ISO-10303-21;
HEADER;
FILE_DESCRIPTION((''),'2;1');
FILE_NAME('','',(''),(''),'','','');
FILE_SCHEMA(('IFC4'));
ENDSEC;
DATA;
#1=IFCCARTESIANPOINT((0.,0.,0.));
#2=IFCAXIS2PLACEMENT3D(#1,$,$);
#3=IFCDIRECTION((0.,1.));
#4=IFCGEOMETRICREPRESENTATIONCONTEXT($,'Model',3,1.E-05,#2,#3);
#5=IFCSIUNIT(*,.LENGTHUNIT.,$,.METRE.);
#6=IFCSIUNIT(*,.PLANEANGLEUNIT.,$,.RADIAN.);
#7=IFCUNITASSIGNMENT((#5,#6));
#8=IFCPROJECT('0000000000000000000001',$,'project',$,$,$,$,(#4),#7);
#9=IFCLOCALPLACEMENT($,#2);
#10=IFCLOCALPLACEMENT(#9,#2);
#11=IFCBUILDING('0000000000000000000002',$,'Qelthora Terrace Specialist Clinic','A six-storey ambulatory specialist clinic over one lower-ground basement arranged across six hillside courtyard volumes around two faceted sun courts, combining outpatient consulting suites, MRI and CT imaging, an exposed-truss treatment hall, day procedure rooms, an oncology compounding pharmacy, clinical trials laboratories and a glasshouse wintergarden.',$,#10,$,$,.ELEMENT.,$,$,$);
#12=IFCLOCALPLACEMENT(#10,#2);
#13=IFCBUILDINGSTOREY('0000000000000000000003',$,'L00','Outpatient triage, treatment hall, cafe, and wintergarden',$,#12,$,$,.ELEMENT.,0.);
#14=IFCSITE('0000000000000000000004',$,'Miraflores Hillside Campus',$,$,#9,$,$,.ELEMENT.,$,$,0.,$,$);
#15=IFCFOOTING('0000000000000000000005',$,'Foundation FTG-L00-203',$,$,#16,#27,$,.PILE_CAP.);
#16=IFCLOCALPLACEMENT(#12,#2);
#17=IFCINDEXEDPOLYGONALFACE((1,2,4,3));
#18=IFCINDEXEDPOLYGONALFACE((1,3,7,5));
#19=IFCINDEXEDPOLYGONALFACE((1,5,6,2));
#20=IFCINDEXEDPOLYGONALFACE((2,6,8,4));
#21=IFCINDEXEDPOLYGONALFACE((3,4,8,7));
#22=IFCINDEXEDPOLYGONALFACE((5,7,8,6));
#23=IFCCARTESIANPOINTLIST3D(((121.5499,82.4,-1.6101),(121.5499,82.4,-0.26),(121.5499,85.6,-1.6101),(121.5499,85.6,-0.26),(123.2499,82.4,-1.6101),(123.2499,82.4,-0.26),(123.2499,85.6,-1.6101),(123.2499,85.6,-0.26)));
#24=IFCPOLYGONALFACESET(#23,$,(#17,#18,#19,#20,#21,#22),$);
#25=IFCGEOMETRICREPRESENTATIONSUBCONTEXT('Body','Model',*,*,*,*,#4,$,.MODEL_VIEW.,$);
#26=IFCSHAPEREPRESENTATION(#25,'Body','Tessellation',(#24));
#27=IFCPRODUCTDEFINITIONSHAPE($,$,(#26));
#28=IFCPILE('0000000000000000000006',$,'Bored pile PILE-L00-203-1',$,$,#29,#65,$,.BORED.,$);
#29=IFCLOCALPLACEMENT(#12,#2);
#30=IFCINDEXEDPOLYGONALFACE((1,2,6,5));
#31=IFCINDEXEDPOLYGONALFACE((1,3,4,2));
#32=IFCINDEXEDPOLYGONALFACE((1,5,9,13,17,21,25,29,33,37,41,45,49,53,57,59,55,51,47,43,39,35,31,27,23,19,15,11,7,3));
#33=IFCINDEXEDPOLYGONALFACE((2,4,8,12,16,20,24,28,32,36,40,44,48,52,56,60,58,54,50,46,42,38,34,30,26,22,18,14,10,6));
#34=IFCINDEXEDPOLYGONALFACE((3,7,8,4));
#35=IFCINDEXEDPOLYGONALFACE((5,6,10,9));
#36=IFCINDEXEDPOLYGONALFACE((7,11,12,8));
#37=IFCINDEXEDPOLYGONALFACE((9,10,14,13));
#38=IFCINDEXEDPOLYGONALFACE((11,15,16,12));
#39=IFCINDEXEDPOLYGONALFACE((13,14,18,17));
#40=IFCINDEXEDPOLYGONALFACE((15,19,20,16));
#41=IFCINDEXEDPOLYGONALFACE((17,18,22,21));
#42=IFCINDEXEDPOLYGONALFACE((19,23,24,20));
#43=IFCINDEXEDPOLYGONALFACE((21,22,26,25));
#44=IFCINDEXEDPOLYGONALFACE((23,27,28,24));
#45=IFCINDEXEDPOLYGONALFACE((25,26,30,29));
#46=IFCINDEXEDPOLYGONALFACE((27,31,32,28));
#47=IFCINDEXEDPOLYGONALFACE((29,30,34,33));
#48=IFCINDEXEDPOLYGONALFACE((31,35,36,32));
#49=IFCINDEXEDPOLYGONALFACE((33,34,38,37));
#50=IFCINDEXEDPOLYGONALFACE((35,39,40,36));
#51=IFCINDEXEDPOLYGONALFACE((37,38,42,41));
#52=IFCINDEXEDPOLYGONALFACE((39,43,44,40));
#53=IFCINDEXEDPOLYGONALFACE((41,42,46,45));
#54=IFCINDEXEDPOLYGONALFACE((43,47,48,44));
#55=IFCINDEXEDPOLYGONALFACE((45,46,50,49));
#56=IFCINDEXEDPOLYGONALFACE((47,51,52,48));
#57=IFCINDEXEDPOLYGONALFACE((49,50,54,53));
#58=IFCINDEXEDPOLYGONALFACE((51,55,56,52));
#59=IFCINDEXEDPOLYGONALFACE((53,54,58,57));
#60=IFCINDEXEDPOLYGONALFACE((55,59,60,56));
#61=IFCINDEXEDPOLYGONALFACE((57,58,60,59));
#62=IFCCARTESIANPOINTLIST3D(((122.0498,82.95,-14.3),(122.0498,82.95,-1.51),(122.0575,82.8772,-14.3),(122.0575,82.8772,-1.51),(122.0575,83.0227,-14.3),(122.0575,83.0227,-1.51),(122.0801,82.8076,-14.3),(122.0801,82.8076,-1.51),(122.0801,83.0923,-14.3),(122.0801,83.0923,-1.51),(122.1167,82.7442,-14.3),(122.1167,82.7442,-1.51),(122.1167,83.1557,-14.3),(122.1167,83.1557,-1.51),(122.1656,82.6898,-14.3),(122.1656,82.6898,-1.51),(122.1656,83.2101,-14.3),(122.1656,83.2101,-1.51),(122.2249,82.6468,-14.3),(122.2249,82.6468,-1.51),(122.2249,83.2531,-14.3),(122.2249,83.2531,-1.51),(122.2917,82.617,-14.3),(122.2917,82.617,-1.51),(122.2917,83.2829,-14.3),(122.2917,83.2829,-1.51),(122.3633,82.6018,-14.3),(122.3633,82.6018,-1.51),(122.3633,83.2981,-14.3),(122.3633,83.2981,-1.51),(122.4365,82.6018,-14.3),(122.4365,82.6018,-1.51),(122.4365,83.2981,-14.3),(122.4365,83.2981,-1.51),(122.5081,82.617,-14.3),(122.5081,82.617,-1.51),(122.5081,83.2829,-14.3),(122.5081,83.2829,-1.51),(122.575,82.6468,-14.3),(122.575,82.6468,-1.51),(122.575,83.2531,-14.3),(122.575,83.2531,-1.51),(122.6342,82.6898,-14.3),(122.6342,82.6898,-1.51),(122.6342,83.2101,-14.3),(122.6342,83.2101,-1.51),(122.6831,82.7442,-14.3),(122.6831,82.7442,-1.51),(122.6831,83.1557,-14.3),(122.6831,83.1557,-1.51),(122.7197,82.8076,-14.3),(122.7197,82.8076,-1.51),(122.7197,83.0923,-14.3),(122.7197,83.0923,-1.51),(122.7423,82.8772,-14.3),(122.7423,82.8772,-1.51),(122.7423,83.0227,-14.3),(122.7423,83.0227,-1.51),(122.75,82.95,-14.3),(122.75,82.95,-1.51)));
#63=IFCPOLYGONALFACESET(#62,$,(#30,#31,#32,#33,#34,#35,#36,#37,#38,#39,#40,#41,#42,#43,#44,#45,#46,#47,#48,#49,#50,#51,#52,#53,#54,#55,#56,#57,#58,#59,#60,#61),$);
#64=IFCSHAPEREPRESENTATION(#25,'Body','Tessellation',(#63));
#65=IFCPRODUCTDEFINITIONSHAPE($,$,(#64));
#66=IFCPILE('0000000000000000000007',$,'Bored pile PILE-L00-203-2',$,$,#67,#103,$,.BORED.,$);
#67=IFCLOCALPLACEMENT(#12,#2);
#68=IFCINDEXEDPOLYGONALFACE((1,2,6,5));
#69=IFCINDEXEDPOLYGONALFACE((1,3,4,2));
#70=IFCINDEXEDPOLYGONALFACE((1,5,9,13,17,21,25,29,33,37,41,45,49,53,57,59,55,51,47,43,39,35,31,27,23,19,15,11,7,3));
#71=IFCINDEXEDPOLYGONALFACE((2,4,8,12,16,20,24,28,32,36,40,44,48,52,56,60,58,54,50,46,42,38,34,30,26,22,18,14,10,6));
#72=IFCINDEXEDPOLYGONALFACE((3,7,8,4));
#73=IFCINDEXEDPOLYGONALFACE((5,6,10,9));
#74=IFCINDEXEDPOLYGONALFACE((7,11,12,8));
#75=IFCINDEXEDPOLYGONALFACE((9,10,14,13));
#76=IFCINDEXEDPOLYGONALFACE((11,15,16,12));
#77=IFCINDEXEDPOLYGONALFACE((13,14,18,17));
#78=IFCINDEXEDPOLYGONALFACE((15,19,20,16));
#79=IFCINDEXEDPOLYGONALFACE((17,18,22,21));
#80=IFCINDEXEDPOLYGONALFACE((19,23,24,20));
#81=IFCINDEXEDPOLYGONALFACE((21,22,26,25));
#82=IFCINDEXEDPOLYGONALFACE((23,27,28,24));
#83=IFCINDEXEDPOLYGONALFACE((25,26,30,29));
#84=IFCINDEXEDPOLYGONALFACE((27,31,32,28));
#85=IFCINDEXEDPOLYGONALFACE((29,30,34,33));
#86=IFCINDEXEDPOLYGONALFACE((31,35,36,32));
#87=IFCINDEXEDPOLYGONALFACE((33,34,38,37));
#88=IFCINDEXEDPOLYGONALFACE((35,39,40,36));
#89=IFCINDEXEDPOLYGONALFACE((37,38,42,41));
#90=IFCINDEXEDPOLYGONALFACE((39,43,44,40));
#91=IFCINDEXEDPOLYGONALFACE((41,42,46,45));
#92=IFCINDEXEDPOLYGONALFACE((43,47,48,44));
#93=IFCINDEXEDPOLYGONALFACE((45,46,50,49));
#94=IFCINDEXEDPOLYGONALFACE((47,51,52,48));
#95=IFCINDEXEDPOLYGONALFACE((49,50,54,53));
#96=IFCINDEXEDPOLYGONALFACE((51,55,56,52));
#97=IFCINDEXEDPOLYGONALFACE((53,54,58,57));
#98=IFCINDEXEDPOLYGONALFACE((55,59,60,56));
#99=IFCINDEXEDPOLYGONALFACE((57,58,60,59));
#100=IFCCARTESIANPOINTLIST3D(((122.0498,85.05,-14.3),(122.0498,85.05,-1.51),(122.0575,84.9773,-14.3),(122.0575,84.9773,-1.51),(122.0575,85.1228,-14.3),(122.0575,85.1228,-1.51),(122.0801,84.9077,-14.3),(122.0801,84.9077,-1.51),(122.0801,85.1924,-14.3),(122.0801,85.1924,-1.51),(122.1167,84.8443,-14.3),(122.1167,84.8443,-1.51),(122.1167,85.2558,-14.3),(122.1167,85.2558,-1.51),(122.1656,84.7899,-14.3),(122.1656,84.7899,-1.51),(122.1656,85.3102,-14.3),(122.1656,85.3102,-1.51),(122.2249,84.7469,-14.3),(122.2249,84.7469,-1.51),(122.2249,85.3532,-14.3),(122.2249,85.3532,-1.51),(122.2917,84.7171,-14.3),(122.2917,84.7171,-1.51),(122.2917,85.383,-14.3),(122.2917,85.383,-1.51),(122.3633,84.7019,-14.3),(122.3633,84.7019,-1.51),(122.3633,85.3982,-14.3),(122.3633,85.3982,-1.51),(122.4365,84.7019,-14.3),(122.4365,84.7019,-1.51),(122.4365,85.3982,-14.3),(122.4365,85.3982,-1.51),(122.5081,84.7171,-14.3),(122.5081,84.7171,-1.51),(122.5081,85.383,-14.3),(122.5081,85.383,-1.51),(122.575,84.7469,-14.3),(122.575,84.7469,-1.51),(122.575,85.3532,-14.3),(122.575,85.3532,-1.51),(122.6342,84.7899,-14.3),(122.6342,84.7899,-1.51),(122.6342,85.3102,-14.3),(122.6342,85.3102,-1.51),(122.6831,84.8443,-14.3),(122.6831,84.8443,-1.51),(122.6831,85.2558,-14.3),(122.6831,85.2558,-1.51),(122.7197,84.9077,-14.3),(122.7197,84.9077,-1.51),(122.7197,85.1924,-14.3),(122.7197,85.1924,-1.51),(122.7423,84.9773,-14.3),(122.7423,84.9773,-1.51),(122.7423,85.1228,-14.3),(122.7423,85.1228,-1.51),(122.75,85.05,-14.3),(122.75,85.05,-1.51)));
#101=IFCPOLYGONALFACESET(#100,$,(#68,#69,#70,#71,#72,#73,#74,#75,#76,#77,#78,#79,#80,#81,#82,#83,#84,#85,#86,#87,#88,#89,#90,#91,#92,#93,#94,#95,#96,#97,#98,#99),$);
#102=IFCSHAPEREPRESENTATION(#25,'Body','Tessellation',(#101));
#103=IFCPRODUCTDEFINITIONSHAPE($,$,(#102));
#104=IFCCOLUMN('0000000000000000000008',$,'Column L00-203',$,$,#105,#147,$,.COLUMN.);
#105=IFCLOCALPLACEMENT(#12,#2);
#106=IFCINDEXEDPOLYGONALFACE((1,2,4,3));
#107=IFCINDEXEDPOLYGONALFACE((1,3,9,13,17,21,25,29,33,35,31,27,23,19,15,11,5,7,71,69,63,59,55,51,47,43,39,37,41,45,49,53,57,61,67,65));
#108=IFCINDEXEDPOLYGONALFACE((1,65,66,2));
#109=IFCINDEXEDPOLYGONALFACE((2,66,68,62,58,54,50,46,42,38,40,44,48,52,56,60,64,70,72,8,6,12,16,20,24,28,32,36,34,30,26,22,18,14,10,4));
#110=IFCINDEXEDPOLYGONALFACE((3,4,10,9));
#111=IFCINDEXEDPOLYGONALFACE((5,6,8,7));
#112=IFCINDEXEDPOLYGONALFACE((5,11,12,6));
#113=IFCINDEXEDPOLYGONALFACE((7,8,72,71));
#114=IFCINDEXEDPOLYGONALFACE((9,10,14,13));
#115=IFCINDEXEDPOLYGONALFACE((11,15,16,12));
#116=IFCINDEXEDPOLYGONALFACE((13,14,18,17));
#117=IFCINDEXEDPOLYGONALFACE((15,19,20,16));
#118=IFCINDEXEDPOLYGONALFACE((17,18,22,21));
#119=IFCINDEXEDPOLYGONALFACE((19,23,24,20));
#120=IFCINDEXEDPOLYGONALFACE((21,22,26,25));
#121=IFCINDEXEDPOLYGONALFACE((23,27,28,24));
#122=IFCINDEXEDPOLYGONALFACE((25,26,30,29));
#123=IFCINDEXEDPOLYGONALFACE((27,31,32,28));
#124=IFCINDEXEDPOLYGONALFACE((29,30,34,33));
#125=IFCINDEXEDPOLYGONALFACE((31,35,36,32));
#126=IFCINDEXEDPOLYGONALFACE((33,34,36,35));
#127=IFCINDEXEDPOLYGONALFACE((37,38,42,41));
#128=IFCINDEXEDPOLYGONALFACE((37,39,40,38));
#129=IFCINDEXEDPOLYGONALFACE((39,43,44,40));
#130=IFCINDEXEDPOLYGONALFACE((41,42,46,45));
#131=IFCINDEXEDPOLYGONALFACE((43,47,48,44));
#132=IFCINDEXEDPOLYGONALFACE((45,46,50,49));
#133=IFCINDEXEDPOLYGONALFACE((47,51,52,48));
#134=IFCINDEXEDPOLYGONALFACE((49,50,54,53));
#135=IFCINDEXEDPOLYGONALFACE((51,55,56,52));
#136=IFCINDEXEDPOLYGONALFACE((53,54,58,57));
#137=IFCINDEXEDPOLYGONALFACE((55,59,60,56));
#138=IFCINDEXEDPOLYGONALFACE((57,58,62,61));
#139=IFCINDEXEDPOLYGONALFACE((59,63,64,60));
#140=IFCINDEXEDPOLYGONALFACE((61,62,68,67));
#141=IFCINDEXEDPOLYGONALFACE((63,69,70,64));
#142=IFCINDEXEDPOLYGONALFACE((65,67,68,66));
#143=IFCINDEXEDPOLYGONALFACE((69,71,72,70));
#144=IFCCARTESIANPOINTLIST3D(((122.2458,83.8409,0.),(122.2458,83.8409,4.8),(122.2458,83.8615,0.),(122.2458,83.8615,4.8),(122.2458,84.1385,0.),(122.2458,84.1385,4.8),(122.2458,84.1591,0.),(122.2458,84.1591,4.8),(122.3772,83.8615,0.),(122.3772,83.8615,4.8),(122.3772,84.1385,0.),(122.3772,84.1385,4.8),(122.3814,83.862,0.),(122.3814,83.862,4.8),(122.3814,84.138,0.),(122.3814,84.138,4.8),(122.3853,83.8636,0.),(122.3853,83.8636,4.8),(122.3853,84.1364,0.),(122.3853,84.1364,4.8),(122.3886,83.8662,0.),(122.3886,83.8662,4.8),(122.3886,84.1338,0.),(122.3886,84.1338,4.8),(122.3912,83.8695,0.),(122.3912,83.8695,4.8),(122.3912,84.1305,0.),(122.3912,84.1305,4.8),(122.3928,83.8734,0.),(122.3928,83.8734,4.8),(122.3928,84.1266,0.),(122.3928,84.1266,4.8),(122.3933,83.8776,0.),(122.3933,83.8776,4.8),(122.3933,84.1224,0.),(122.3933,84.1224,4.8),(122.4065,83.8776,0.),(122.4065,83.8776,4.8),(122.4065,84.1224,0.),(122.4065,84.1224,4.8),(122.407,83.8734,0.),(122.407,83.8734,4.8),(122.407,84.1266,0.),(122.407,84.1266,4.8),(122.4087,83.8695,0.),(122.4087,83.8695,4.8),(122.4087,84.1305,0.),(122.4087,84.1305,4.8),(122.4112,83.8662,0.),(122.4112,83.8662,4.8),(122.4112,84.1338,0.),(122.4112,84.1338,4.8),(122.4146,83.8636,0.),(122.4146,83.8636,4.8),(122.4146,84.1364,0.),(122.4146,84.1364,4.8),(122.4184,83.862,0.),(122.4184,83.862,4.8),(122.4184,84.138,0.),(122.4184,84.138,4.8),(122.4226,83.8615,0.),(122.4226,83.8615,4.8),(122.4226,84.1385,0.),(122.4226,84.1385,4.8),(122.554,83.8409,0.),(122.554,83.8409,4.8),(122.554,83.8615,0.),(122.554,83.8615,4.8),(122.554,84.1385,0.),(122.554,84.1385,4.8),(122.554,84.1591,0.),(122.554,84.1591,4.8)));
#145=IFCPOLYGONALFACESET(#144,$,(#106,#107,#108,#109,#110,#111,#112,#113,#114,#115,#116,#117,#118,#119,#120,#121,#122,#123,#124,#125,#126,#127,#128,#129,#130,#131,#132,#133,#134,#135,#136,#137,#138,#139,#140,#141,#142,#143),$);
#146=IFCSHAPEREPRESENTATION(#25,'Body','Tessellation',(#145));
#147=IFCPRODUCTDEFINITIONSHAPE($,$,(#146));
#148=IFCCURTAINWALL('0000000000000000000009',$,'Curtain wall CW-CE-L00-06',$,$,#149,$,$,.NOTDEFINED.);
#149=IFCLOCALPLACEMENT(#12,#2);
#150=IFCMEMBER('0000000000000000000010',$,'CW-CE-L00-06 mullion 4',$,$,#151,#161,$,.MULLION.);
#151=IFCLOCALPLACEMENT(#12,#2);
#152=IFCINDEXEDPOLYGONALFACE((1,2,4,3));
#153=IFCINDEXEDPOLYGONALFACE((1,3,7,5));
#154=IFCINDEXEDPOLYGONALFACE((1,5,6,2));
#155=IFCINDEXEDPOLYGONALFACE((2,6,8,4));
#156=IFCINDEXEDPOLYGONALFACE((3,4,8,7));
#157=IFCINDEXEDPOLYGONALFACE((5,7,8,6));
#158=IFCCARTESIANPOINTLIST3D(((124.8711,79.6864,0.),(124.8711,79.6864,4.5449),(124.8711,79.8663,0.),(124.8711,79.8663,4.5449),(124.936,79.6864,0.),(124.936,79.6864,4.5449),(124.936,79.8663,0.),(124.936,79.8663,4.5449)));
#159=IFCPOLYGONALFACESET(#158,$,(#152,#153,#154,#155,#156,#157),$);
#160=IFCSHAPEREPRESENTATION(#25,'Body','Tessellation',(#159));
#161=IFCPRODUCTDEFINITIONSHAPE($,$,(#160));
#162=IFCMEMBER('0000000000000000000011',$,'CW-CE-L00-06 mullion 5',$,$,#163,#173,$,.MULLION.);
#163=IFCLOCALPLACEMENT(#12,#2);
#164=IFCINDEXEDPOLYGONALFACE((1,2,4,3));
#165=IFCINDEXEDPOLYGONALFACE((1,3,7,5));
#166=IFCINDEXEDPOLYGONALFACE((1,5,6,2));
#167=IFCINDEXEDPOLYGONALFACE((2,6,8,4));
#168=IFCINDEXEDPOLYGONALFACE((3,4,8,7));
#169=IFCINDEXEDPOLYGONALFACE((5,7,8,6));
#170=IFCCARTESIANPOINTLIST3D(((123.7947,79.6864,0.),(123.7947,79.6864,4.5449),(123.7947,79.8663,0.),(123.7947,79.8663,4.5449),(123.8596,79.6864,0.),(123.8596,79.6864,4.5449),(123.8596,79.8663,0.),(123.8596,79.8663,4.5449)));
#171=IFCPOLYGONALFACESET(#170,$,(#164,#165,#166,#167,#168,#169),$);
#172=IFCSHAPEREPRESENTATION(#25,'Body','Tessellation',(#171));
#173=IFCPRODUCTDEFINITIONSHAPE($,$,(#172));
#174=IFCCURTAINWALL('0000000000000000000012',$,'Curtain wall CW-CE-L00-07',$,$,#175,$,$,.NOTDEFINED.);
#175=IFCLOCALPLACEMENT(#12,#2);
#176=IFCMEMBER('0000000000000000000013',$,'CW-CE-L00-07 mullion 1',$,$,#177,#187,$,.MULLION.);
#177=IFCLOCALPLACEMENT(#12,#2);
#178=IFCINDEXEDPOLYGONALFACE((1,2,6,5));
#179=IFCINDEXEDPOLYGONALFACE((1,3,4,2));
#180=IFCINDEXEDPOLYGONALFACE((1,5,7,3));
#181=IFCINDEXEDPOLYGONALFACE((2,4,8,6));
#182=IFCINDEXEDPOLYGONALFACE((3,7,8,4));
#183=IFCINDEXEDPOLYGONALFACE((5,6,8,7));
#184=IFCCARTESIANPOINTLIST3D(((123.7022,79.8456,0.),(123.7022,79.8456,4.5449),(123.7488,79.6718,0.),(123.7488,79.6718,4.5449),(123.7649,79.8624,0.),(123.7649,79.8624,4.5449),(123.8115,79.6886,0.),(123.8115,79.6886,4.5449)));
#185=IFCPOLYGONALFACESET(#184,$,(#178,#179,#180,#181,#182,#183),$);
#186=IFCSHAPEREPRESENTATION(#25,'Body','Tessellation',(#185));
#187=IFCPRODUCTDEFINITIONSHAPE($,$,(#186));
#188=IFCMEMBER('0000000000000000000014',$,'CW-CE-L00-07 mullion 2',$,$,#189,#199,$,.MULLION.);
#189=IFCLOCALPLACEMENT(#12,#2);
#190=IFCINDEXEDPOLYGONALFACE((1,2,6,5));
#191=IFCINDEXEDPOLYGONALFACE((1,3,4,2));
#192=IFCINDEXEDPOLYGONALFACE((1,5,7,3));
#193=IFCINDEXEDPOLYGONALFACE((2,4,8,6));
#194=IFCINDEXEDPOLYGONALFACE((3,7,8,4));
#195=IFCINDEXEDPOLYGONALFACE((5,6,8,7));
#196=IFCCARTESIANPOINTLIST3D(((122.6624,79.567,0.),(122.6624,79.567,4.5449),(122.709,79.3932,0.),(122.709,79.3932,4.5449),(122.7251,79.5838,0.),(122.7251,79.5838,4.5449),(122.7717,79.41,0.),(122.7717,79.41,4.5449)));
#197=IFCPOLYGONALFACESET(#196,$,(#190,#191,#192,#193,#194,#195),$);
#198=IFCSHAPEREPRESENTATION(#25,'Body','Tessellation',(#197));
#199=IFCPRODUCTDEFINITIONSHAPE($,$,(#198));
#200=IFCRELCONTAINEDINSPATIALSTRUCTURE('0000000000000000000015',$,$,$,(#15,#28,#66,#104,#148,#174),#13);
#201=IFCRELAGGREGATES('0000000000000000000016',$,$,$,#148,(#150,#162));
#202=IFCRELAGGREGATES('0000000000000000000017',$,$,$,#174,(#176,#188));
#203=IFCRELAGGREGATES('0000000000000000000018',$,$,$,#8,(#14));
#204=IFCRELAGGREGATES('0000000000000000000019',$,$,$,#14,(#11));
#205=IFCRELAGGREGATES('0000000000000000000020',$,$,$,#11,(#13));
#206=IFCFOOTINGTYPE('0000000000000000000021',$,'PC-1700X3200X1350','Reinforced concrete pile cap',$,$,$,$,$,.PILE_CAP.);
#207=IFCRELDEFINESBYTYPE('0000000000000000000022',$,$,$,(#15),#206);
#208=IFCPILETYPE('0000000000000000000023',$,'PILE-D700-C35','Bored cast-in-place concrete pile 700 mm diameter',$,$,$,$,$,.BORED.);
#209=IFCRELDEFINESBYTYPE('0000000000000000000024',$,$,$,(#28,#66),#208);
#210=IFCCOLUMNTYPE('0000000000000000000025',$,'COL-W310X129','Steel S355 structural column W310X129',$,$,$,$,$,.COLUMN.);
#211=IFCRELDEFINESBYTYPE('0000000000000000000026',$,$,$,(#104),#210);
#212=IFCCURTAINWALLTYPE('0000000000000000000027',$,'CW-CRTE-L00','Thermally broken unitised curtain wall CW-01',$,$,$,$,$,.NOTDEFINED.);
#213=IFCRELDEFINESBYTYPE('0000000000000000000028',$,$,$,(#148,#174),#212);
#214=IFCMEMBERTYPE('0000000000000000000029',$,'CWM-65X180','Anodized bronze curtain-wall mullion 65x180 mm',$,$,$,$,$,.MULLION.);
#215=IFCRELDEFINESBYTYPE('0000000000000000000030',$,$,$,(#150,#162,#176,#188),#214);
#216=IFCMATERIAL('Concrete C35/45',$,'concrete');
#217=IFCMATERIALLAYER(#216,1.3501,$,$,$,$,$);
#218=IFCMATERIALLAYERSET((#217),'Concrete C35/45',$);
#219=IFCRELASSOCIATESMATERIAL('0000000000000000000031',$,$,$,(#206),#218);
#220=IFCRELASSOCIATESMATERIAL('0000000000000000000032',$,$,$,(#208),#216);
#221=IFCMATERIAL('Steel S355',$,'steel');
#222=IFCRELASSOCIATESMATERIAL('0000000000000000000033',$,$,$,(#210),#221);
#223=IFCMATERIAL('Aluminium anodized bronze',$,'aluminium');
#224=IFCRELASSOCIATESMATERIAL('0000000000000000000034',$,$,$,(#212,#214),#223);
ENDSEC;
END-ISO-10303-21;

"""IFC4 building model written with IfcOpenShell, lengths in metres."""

from ifc_helpers import new_model, si_unit, direction, frame, origin, origin_2d, place, context, subcontext, project, spatial, rectangle, circle, i_section, extrude, material, layer, layer_set, material_profile, profile_set, type_object, element, aggregate, save


model = new_model("IFC4")

# Units and contexts
model_context = context("Model", 3, precision=1e-05, world=origin(), true_north=direction((0.0, 1.0)))
body_context = subcontext(model_context, "Body", "Model", "MODEL_VIEW")
ifc_project = project(units=[si_unit("LENGTHUNIT", "METRE"), si_unit("PLANEANGLEUNIT", "RADIAN")], contexts=[model_context])

# Site, building, storey
site_placement = place(None, origin())
site = spatial("IfcSite", under=ifc_project, at=site_placement, Name="Miraflores Hillside Campus", CompositionType="ELEMENT", RefElevation=0.0)
building_placement = place(site_placement, origin())
building = spatial("IfcBuilding", under=site, at=building_placement, Name="Qelthora Terrace Specialist Clinic", Description="A six-storey ambulatory specialist clinic over one lower-ground basement arranged across six hillside courtyard volumes around two faceted sun courts, combining outpatient consulting suites, MRI and CT imaging, an exposed-truss treatment hall, day procedure rooms, an oncology compounding pharmacy, clinical trials laboratories and a glasshouse wintergarden.", CompositionType="ELEMENT")
storey_placement = place(building_placement, origin())
storey = spatial("IfcBuildingStorey", under=building, at=storey_placement, Name="L00", Description="Outpatient triage, treatment hall, cafe, and wintergarden", CompositionType="ELEMENT", Elevation=0.0)

# Footing
ifc_material_1 = material(Name="Concrete C35/45", Category="concrete")
ifc_layer_1 = layer(ifc_material_1, 1.3501)
ifc_layer_set_1 = layer_set([ifc_layer_1], Name="Concrete C35/45")
footing_type = type_object("IfcFootingType", Name="PC-1700X3200X1350", Description="Reinforced concrete pile cap", PredefinedType="PILE_CAP", material=ifc_layer_set_1)
footing_placement = place(storey_placement, frame((122.3999, 84.0, -1.6101), z_axis=(0.0, 0.0, 1.0), x_axis=(1.0, 0.0, 0.0)))
element("IfcFooting", 1, at=footing_placement, inside=storey, type_object=footing_type, Name="Foundation FTG-L00-203", PredefinedType="PILE_CAP", context=body_context, shape_type="SweptSolid", body=[
    extrude(rectangle(XDim=1.7, YDim=3.2, at=origin_2d()), origin(), (0.0, 0.0, 1.0), 1.3501),
])

# Piles
ifc_material_profile_1 = material_profile(ifc_material_1, circle(Radius=0.3501, at=origin_2d()), Name="PILE700")
ifc_profile_set_1 = profile_set([ifc_material_profile_1], Name="Concrete C35/45")
pile_type = type_object("IfcPileType", Name="PILE-D700-C35", Description="Bored cast-in-place concrete pile 700 mm diameter", PredefinedType="BORED", material=ifc_profile_set_1)
for number, where, z_axis, x_axis, name in (
    (2, (122.3999, 82.95, -1.51), (0.0, 0.0, -1.0), (1.0, 0.0, 0.0), "Bored pile PILE-L00-203-1"),
    (3, (122.3999, 85.05, -1.51), (0.0, 0.0, -1.0), (1.0, 0.0, 0.0), "Bored pile PILE-L00-203-2"),
):
    element("IfcPile", number, at=place(storey_placement, frame(where, z_axis=z_axis, x_axis=x_axis)), inside=storey, type_object=pile_type, Name=name, PredefinedType="BORED", context=body_context, shape_type="SweptSolid", body=[
        extrude(circle(Radius=0.3501, at=origin_2d()), origin(), (0.0, 0.0, 1.0), 12.79),
    ])

# Column
ifc_material_2 = material(Name="Steel S355", Category="steel")
ifc_material_profile_2 = material_profile(ifc_material_2, i_section(OverallWidth=0.3081, OverallDepth=0.3181, WebThickness=0.0132, FlangeThickness=0.0205, FilletRadius=0.0161, at=origin_2d()), Name="W310X129")
ifc_profile_set_2 = profile_set([ifc_material_profile_2], Name="Steel S355")
column_type = type_object("IfcColumnType", Name="COL-W310X129", Description="Steel S355 structural column W310X129", PredefinedType="COLUMN", material=ifc_profile_set_2)
column_placement = place(storey_placement, frame((122.3999, 84.0, 0.0), z_axis=(0.0, 0.0, 1.0), x_axis=(1.0, 0.0, 0.0)))
element("IfcColumn", 4, at=column_placement, inside=storey, type_object=column_type, Name="Column L00-203", PredefinedType="COLUMN", context=body_context, shape_type="SweptSolid", body=[
    extrude(i_section(OverallWidth=0.3081, OverallDepth=0.3181, WebThickness=0.0132, FlangeThickness=0.0205, FilletRadius=0.0161, at=origin_2d()), origin(), (0.0, 0.0, 1.0), 4.8),
])

# Curtain walls, members
ifc_material_3 = material(Name="Aluminium anodized bronze", Category="aluminium")
curtain_wall_type = type_object("IfcCurtainWallType", Name="CW-CRTE-L00", Description="Thermally broken unitised curtain wall CW-01", PredefinedType="NOTDEFINED", material=ifc_material_3)
curtain_wall_1_placement = place(storey_placement, origin())
curtain_wall_1 = element("IfcCurtainWall", 5, at=curtain_wall_1_placement, inside=storey, type_object=curtain_wall_type, Name="Curtain wall CW-CE-L00-06", PredefinedType="NOTDEFINED")
ifc_material_profile_3 = material_profile(ifc_material_3, rectangle(XDim=0.0649, YDim=0.1799, at=origin_2d()), Name="CWM65X180")
ifc_profile_set_3 = profile_set([ifc_material_profile_3], Name="Aluminium anodized bronze")
member_type_1 = type_object("IfcMemberType", Name="CWM-65X180", Description="Anodized bronze curtain-wall mullion 65x180 mm", PredefinedType="MULLION", material=ifc_profile_set_3)
member_1_placement = place(storey_placement, frame((124.9036, 79.7764, 0.0), z_axis=(0.0, 0.0, 1.0), x_axis=(-1.0, 0.0, 0.0)))
member_1 = element("IfcMember", 6, at=member_1_placement, type_object=member_type_1, Name="CW-CE-L00-06 mullion 4", PredefinedType="MULLION", context=body_context, shape_type="SweptSolid", body=[
    extrude(rectangle(XDim=0.0649, YDim=0.1799, at=origin_2d()), origin(), (0.0, 0.0, 1.0), 4.5449),
])
member_2_placement = place(storey_placement, frame((123.8271, 79.7764, 0.0), z_axis=(0.0, 0.0, 1.0), x_axis=(-1.0, 0.0, 0.0)))
member_2 = element("IfcMember", 7, at=member_2_placement, type_object=member_type_1, Name="CW-CE-L00-06 mullion 5", PredefinedType="MULLION", context=body_context, shape_type="SweptSolid", body=[
    extrude(rectangle(XDim=0.0649, YDim=0.1799, at=origin_2d()), origin(), (0.0, 0.0, 1.0), 4.5449),
])
curtain_wall_2_placement = place(storey_placement, origin())
curtain_wall_2 = element("IfcCurtainWall", 8, at=curtain_wall_2_placement, inside=storey, type_object=curtain_wall_type, Name="Curtain wall CW-CE-L00-07", PredefinedType="NOTDEFINED")
member_3_placement = place(storey_placement, frame((123.7568, 79.7671, 0.0), z_axis=(0.0, 0.0, 1.0), x_axis=(-0.965926, -0.25882, 0.0)))
member_3 = element("IfcMember", 9, at=member_3_placement, type_object=member_type_1, Name="CW-CE-L00-07 mullion 1", PredefinedType="MULLION", context=body_context, shape_type="SweptSolid", body=[
    extrude(rectangle(XDim=0.0649, YDim=0.1799, at=origin_2d()), origin(), (0.0, 0.0, 1.0), 4.5449),
])
member_4_placement = place(storey_placement, frame((122.717, 79.4885, 0.0), z_axis=(0.0, 0.0, 1.0), x_axis=(-0.965926, -0.25882, 0.0)))
member_4 = element("IfcMember", 10, at=member_4_placement, type_object=member_type_1, Name="CW-CE-L00-07 mullion 2", PredefinedType="MULLION", context=body_context, shape_type="SweptSolid", body=[
    extrude(rectangle(XDim=0.0649, YDim=0.1799, at=origin_2d()), origin(), (0.0, 0.0, 1.0), 4.5449),
])

aggregate(curtain_wall_1, [member_1, member_2])
aggregate(curtain_wall_2, [member_3, member_4])

save(model, "model.ifc")
